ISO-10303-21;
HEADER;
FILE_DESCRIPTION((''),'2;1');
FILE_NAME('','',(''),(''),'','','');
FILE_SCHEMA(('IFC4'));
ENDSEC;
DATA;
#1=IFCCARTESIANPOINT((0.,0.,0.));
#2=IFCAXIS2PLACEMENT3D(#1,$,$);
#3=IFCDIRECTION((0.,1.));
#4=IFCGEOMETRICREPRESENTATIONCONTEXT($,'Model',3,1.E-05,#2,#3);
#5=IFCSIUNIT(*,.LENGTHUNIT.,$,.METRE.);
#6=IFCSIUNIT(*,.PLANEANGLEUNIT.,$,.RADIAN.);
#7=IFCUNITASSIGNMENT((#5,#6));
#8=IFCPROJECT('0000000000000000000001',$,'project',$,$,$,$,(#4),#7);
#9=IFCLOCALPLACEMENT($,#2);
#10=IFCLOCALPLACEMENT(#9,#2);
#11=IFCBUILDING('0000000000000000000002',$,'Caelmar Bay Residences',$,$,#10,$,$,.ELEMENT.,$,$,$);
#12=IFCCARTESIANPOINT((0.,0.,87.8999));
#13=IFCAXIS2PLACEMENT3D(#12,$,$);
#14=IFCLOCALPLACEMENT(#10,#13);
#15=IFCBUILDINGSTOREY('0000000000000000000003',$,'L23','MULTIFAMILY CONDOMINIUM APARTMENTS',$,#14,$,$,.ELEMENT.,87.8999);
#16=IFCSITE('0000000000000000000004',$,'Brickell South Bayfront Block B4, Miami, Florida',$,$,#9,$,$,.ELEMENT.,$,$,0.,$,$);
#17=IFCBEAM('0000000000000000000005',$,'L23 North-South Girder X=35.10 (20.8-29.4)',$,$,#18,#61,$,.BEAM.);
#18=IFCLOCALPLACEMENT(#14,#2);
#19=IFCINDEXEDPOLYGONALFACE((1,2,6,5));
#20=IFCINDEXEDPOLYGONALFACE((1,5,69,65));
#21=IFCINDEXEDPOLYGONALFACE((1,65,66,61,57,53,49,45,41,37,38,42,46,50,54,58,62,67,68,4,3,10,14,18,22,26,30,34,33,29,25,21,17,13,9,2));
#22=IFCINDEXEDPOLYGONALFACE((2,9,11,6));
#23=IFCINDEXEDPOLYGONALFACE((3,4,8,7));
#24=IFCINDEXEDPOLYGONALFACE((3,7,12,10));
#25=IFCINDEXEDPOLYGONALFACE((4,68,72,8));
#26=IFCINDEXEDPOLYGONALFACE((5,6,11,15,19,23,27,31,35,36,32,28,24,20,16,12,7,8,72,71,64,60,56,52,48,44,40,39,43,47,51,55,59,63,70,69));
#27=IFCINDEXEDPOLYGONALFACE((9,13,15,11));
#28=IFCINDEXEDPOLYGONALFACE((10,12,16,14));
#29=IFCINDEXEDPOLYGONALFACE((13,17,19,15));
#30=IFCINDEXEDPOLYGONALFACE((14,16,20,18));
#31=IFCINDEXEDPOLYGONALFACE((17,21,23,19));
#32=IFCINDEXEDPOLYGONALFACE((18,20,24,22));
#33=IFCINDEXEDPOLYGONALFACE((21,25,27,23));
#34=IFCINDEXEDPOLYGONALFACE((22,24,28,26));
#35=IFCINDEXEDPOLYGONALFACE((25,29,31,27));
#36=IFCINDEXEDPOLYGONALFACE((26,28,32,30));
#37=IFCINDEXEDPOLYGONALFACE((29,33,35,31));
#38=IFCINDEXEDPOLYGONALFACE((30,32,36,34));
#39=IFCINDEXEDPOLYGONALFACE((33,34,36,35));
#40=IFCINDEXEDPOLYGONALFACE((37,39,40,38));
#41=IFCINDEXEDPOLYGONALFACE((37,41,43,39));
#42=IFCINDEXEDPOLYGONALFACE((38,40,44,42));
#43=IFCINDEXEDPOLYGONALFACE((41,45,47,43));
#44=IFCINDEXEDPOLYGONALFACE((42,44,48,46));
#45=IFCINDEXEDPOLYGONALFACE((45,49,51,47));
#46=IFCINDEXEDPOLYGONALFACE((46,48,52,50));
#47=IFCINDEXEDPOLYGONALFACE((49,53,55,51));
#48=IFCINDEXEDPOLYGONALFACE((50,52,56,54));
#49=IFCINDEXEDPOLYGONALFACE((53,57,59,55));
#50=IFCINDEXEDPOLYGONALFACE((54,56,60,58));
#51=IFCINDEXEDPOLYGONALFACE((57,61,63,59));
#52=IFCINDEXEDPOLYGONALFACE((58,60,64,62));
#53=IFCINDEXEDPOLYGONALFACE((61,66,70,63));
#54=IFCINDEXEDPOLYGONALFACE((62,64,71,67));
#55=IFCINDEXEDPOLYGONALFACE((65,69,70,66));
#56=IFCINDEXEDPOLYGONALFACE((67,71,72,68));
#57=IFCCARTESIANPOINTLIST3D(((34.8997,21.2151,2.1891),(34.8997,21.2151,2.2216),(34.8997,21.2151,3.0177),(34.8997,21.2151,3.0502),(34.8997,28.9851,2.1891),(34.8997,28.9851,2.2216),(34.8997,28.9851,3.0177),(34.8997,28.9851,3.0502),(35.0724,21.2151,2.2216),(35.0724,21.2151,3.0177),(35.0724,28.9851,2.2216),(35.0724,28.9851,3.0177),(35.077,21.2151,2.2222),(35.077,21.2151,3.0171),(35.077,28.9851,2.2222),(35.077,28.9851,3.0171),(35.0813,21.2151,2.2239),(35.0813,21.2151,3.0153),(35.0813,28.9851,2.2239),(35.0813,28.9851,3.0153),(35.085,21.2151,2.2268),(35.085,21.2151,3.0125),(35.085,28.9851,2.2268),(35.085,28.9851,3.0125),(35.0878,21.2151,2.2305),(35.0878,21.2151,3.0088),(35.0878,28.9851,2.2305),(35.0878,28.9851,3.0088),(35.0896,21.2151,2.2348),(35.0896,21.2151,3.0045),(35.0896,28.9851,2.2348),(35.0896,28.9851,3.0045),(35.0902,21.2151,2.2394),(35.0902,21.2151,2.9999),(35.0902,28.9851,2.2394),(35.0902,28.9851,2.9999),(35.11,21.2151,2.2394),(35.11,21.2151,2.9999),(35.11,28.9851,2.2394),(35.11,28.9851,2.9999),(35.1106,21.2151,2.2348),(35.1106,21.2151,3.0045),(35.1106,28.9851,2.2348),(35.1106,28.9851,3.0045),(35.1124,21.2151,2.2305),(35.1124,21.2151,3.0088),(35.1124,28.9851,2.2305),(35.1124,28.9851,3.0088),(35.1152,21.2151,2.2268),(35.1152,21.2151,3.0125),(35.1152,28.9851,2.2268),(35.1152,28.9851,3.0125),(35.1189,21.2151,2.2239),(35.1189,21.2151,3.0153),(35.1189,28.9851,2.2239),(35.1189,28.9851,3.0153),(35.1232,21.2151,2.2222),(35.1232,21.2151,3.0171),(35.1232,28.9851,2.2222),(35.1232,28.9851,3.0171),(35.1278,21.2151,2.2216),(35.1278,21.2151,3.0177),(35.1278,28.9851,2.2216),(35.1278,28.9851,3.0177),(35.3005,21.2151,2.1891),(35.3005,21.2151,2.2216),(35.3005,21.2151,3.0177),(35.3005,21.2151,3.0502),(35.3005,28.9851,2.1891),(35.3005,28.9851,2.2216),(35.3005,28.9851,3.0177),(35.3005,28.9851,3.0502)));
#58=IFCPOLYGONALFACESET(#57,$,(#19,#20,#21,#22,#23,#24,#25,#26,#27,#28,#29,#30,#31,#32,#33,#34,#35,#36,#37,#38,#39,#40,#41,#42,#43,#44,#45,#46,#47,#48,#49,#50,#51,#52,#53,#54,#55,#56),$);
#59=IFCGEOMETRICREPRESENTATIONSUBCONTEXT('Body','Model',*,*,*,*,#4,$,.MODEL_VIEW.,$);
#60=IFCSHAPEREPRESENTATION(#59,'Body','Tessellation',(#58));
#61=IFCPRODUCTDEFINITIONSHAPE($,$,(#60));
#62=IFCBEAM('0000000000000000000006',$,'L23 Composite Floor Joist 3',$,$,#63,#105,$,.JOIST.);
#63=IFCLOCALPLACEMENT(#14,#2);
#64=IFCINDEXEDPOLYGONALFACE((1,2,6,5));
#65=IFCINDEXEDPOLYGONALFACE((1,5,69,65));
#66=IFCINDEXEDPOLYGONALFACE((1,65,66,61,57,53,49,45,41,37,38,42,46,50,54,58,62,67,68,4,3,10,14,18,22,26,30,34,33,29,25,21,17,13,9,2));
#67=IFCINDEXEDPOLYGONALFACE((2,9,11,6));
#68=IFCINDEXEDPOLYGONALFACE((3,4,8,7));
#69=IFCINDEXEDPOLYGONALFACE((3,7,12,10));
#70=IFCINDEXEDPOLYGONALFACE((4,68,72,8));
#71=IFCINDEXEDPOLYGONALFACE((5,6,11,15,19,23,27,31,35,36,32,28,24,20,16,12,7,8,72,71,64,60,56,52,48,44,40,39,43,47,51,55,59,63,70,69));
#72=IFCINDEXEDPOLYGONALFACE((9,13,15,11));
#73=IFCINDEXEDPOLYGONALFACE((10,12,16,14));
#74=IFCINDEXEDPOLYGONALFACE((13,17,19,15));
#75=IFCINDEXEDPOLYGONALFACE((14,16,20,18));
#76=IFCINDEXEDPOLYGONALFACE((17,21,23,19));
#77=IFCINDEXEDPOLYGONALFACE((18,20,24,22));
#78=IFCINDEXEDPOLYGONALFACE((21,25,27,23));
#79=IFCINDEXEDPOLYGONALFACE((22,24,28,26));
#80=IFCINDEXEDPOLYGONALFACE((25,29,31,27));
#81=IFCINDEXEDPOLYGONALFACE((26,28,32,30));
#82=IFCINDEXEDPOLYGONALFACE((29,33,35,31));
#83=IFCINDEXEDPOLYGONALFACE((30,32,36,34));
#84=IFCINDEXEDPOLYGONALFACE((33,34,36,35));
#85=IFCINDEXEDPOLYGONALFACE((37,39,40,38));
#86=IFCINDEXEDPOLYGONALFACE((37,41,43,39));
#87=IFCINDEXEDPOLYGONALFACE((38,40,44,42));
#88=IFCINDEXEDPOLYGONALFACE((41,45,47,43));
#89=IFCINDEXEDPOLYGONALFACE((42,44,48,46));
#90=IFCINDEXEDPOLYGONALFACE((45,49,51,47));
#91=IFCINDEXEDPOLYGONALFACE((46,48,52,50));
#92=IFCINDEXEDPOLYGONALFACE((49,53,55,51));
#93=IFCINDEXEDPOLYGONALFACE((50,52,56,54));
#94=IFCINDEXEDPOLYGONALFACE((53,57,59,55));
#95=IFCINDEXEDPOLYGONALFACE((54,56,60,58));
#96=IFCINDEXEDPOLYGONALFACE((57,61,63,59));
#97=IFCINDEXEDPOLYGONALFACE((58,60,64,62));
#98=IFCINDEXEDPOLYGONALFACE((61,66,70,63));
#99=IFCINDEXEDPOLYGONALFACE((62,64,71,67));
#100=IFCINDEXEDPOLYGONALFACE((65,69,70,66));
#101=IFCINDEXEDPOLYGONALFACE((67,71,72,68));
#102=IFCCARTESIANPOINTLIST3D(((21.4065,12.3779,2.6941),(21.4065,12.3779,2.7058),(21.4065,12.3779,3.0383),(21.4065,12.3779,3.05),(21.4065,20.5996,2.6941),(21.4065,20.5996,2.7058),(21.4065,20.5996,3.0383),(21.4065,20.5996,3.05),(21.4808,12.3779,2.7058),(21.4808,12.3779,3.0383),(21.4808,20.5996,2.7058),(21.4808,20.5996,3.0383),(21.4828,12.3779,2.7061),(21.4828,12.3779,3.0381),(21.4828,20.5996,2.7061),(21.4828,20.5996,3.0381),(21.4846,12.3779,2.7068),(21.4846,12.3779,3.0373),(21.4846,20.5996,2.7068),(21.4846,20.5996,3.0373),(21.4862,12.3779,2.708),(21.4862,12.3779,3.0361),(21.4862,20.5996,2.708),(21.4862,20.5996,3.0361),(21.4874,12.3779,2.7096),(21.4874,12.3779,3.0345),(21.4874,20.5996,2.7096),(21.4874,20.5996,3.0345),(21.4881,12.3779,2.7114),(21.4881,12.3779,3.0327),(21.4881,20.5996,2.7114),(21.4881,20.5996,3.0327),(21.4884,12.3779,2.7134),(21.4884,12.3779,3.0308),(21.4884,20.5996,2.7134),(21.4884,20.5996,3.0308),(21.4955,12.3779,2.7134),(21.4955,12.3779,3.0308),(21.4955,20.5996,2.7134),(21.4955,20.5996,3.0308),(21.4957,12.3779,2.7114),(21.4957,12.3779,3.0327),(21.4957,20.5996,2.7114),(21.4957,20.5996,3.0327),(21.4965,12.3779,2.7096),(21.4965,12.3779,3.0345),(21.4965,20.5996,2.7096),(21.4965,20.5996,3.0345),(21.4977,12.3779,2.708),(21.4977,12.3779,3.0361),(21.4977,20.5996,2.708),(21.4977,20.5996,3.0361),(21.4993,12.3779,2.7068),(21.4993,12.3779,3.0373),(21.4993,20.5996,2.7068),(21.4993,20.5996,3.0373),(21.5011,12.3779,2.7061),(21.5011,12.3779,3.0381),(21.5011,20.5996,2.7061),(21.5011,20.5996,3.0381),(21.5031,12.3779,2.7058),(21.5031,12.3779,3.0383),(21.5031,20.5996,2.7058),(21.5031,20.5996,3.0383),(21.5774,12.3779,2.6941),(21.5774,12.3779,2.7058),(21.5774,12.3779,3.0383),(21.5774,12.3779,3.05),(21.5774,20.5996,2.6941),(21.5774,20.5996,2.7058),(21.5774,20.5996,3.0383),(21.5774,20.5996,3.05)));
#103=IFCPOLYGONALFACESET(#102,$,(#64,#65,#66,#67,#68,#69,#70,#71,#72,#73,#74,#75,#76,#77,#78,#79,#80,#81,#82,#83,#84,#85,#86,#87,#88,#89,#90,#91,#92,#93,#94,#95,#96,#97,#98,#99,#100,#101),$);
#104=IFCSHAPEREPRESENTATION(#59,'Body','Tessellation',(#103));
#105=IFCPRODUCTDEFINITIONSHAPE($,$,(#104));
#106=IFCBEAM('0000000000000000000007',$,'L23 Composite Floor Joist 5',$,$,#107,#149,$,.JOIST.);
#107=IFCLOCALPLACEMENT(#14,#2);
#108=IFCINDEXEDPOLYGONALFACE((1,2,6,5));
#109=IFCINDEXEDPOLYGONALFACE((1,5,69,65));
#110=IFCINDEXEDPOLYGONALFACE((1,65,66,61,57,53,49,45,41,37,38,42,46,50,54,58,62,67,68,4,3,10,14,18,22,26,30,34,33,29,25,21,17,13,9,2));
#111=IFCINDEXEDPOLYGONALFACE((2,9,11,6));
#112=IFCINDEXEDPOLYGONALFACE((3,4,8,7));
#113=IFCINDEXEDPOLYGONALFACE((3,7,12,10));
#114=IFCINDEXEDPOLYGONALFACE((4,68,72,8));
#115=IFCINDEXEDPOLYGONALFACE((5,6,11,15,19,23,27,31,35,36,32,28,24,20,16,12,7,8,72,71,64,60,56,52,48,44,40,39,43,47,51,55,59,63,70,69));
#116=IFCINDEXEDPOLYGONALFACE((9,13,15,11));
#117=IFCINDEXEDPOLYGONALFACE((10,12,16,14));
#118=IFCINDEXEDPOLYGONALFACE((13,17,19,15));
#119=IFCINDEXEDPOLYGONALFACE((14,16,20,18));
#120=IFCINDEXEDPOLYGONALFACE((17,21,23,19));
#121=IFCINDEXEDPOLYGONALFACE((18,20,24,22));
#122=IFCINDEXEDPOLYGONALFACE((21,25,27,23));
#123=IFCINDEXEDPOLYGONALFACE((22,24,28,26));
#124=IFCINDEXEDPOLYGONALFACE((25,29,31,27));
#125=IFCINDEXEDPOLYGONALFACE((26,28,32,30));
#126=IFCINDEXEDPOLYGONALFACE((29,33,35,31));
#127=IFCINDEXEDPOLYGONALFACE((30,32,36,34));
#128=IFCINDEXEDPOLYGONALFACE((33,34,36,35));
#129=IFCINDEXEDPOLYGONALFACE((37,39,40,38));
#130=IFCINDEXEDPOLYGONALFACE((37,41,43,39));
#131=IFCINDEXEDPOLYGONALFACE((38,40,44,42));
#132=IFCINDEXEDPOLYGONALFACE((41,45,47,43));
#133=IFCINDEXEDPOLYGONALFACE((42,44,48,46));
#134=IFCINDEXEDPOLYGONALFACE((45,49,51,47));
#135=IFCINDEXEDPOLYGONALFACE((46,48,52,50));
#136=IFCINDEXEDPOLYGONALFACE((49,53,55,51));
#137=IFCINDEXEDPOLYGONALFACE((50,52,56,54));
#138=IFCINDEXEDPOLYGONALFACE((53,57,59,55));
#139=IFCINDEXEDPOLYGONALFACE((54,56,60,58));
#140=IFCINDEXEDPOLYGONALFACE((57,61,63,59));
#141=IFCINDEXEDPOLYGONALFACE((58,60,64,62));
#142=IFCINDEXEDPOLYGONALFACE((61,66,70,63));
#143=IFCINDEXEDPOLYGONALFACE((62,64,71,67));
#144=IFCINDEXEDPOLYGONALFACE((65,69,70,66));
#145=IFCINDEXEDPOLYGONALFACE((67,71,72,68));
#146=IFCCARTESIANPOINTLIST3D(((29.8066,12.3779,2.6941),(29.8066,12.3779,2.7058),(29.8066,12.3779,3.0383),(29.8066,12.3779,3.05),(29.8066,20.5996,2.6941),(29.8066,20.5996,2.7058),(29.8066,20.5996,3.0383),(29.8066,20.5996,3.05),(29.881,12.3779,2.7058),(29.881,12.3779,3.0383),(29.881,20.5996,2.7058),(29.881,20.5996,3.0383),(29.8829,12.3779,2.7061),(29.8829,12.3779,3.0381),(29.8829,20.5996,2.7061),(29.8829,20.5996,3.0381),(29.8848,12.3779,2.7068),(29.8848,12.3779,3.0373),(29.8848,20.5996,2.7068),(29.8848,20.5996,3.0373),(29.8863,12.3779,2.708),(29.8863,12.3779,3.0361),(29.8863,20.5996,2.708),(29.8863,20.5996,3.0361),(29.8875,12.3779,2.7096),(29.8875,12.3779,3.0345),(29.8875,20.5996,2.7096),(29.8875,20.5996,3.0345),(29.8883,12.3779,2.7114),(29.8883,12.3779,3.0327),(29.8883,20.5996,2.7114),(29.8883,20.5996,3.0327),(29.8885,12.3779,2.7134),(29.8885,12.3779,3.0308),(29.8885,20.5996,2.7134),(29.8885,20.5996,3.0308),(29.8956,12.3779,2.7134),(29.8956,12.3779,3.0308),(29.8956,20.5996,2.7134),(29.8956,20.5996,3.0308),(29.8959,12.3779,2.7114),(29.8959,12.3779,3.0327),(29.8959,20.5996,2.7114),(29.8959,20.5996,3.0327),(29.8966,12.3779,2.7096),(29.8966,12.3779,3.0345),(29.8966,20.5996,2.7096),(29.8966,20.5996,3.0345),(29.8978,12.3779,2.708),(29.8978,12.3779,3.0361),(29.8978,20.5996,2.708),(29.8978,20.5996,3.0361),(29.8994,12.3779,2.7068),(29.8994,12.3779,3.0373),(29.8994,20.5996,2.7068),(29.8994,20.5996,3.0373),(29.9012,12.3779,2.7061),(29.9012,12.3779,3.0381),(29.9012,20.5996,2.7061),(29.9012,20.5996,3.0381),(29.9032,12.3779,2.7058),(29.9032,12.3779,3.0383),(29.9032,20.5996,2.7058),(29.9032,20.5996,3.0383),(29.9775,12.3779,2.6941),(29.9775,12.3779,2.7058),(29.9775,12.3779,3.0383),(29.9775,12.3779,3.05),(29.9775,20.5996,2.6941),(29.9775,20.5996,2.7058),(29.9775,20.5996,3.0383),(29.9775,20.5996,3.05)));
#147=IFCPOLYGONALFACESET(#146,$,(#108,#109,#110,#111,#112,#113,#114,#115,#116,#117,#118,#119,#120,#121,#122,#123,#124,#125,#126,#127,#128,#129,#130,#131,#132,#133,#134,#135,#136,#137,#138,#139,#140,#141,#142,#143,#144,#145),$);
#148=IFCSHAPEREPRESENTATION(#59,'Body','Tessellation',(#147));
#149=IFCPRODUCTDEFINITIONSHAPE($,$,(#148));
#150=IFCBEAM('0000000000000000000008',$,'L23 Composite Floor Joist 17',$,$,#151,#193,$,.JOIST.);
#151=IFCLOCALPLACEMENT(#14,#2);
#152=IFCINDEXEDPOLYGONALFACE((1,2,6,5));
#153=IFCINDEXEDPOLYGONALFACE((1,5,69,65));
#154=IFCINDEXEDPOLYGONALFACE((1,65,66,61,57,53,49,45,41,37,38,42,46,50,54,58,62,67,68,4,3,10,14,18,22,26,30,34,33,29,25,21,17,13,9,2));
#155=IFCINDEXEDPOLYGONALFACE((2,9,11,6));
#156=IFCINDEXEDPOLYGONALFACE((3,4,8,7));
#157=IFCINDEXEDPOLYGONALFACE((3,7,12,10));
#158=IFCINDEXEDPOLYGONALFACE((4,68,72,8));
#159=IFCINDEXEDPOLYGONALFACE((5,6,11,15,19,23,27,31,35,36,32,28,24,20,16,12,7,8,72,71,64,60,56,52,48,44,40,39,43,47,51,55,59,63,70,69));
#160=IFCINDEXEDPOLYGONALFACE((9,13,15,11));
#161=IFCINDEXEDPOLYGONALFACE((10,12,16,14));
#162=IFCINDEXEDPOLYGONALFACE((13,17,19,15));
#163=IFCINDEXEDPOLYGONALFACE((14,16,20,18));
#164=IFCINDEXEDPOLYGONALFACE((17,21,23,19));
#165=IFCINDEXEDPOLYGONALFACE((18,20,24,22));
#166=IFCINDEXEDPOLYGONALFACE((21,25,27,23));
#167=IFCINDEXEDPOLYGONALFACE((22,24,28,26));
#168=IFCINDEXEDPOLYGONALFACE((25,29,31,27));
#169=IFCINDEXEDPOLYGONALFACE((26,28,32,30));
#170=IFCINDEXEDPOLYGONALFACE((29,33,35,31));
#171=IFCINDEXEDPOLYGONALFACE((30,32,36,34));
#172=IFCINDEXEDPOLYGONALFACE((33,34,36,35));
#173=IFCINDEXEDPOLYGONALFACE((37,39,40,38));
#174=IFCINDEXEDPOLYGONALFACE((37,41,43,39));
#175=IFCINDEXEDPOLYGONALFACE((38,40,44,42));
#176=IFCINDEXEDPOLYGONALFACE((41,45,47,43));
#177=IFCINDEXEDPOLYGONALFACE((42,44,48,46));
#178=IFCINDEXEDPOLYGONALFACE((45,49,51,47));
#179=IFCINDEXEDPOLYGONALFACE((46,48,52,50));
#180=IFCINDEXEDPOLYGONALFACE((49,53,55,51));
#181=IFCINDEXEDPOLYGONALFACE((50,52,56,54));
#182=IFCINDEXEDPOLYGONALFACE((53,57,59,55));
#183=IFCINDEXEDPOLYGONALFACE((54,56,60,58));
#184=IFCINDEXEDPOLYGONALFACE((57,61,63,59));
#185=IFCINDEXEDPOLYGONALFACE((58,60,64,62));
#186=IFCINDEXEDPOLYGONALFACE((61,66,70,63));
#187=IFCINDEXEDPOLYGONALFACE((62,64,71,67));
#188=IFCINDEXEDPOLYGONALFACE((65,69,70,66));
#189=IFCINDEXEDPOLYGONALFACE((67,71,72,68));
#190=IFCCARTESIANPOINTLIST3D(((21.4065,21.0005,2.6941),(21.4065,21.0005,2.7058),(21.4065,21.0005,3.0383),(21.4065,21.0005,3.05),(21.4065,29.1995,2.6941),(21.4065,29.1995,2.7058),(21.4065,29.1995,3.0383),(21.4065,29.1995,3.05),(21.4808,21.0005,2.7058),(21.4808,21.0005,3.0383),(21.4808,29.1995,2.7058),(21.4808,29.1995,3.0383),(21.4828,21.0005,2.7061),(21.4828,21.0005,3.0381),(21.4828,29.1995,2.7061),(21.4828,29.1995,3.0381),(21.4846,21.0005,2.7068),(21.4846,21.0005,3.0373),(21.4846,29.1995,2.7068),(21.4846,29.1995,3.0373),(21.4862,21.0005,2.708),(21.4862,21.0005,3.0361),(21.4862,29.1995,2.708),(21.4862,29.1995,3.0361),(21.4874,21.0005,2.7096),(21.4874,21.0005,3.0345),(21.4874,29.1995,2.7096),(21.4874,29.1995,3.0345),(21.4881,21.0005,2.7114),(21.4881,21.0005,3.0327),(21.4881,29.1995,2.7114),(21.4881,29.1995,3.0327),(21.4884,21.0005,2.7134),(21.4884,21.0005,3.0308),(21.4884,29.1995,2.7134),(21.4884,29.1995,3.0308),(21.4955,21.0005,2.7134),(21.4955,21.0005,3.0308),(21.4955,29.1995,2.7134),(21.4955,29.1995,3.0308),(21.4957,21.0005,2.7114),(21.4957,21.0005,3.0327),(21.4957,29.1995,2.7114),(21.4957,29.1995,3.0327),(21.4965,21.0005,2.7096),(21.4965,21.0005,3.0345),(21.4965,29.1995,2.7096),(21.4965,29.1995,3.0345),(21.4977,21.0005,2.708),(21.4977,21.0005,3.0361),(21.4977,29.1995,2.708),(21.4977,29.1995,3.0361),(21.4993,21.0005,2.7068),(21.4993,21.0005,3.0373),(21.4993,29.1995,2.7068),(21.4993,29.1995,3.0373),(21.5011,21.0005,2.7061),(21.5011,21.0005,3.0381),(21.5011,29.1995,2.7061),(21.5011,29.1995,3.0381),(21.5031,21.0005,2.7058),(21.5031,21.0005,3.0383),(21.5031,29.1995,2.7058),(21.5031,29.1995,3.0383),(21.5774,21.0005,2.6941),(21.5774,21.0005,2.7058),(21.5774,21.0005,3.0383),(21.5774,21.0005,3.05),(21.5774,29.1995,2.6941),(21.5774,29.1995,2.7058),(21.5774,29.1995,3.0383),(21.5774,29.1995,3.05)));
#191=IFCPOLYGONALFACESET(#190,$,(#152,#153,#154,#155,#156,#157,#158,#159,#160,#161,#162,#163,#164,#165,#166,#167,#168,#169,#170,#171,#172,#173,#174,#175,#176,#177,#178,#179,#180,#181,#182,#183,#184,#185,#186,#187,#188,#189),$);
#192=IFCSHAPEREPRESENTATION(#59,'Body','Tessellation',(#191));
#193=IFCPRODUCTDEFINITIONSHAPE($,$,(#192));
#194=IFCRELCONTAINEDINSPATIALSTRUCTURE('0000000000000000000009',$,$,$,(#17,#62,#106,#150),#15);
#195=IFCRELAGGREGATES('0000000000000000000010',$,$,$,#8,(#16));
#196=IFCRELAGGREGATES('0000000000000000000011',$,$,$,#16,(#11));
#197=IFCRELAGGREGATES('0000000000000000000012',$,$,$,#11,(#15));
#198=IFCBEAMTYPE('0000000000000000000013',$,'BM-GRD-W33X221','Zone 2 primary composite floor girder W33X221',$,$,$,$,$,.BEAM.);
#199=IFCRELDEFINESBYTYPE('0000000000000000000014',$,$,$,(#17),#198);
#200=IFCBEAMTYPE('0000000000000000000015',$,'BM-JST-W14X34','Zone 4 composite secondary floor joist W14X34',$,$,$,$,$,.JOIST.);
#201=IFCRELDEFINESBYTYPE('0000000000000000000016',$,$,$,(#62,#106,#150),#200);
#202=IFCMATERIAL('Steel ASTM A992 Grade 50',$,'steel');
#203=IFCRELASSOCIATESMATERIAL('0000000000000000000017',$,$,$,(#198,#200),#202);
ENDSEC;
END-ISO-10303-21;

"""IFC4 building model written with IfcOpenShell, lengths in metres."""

from ifc_helpers import new_model, si_unit, direction, frame, origin, origin_2d, place, context, subcontext, project, spatial, i_section, extrude, material, material_profile, profile_set, type_object, element, save


model = new_model("IFC4")

# Units and contexts
model_context = context("Model", 3, precision=1e-05, world=origin(), true_north=direction((0.0, 1.0)))
body_context = subcontext(model_context, "Body", "Model", "MODEL_VIEW")
ifc_project = project(units=[si_unit("LENGTHUNIT", "METRE"), si_unit("PLANEANGLEUNIT", "RADIAN")], contexts=[model_context])

# Site, building, storey
site_placement = place(None, origin())
site = spatial("IfcSite", under=ifc_project, at=site_placement, Name="Brickell South Bayfront Block B4, Miami, Florida", CompositionType="ELEMENT", RefElevation=0.0)
building_placement = place(site_placement, origin())
building = spatial("IfcBuilding", under=site, at=building_placement, Name="Caelmar Bay Residences", CompositionType="ELEMENT")
storey_placement = place(building_placement, frame((0.0, 0.0, 87.8999)))
storey = spatial("IfcBuildingStorey", under=building, at=storey_placement, Name="L23", Description="MULTIFAMILY CONDOMINIUM APARTMENTS", CompositionType="ELEMENT", Elevation=87.8999)

# Beams
ifc_material_1 = material(Name="Steel ASTM A992 Grade 50", Category="steel")
ifc_material_profile_1 = material_profile(ifc_material_1, i_section(OverallWidth=0.4009, OverallDepth=0.8611, WebThickness=0.0198, FlangeThickness=0.0325, FilletRadius=0.0178, at=origin_2d()), Name="W33X221")
ifc_profile_set_1 = profile_set([ifc_material_profile_1], Name="Steel ASTM A992 Grade 50")
beam_type_1 = type_object("IfcBeamType", Name="BM-GRD-W33X221", Description="Zone 2 primary composite floor girder W33X221", PredefinedType="BEAM", material=ifc_profile_set_1)
for number, where, z_axis, x_axis, name in (
    (1, (35.1001, 21.2151, 2.6196), (0.0, 1.0, 0.0), (-1.0, 0.0, 0.0), "L23 North-South Girder X=35.10 (20.8-29.4)"),
):
    element("IfcBeam", number, at=place(storey_placement, frame(where, z_axis=z_axis, x_axis=x_axis)), inside=storey, type_object=beam_type_1, Name=name, PredefinedType="BEAM", context=body_context, shape_type="SweptSolid", body=[
        extrude(i_section(OverallWidth=0.4009, OverallDepth=0.8611, WebThickness=0.0198, FlangeThickness=0.0325, FilletRadius=0.0178, at=origin_2d()), origin(), (0.0, 0.0, 1.0), 7.77),
    ])
ifc_material_profile_2 = material_profile(ifc_material_1, i_section(OverallWidth=0.1709, OverallDepth=0.356, WebThickness=0.0071, FlangeThickness=0.0117, FilletRadius=0.0076, at=origin_2d()), Name="W14X34")
ifc_profile_set_2 = profile_set([ifc_material_profile_2], Name="Steel ASTM A992 Grade 50")
beam_type_2 = type_object("IfcBeamType", Name="BM-JST-W14X34", Description="Zone 4 composite secondary floor joist W14X34", PredefinedType="JOIST", material=ifc_profile_set_2)
for number, where, z_axis, x_axis, name in (
    (2, (21.4919, 12.3779, 2.8721), (0.0, 1.0, 0.0), (-1.0, 0.0, 0.0), "L23 Composite Floor Joist 3"),
    (3, (29.8921, 12.3779, 2.8721), (0.0, 1.0, 0.0), (-1.0, 0.0, 0.0), "L23 Composite Floor Joist 5"),
):
    element("IfcBeam", number, at=place(storey_placement, frame(where, z_axis=z_axis, x_axis=x_axis)), inside=storey, type_object=beam_type_2, Name=name, PredefinedType="JOIST", context=body_context, shape_type="SweptSolid", body=[
        extrude(i_section(OverallWidth=0.1709, OverallDepth=0.356, WebThickness=0.0071, FlangeThickness=0.0117, FilletRadius=0.0076, at=origin_2d()), origin(), (0.0, 0.0, 1.0), 8.2217),
    ])
for number, where, z_axis, x_axis, name in (
    (4, (21.4919, 21.0005, 2.8721), (0.0, 1.0, 0.0), (-1.0, 0.0, 0.0), "L23 Composite Floor Joist 17"),
):
    element("IfcBeam", number, at=place(storey_placement, frame(where, z_axis=z_axis, x_axis=x_axis)), inside=storey, type_object=beam_type_2, Name=name, PredefinedType="JOIST", context=body_context, shape_type="SweptSolid", body=[
        extrude(i_section(OverallWidth=0.1709, OverallDepth=0.356, WebThickness=0.0071, FlangeThickness=0.0117, FilletRadius=0.0076, at=origin_2d()), origin(), (0.0, 0.0, 1.0), 8.199),
    ])

save(model, "model.ifc")
